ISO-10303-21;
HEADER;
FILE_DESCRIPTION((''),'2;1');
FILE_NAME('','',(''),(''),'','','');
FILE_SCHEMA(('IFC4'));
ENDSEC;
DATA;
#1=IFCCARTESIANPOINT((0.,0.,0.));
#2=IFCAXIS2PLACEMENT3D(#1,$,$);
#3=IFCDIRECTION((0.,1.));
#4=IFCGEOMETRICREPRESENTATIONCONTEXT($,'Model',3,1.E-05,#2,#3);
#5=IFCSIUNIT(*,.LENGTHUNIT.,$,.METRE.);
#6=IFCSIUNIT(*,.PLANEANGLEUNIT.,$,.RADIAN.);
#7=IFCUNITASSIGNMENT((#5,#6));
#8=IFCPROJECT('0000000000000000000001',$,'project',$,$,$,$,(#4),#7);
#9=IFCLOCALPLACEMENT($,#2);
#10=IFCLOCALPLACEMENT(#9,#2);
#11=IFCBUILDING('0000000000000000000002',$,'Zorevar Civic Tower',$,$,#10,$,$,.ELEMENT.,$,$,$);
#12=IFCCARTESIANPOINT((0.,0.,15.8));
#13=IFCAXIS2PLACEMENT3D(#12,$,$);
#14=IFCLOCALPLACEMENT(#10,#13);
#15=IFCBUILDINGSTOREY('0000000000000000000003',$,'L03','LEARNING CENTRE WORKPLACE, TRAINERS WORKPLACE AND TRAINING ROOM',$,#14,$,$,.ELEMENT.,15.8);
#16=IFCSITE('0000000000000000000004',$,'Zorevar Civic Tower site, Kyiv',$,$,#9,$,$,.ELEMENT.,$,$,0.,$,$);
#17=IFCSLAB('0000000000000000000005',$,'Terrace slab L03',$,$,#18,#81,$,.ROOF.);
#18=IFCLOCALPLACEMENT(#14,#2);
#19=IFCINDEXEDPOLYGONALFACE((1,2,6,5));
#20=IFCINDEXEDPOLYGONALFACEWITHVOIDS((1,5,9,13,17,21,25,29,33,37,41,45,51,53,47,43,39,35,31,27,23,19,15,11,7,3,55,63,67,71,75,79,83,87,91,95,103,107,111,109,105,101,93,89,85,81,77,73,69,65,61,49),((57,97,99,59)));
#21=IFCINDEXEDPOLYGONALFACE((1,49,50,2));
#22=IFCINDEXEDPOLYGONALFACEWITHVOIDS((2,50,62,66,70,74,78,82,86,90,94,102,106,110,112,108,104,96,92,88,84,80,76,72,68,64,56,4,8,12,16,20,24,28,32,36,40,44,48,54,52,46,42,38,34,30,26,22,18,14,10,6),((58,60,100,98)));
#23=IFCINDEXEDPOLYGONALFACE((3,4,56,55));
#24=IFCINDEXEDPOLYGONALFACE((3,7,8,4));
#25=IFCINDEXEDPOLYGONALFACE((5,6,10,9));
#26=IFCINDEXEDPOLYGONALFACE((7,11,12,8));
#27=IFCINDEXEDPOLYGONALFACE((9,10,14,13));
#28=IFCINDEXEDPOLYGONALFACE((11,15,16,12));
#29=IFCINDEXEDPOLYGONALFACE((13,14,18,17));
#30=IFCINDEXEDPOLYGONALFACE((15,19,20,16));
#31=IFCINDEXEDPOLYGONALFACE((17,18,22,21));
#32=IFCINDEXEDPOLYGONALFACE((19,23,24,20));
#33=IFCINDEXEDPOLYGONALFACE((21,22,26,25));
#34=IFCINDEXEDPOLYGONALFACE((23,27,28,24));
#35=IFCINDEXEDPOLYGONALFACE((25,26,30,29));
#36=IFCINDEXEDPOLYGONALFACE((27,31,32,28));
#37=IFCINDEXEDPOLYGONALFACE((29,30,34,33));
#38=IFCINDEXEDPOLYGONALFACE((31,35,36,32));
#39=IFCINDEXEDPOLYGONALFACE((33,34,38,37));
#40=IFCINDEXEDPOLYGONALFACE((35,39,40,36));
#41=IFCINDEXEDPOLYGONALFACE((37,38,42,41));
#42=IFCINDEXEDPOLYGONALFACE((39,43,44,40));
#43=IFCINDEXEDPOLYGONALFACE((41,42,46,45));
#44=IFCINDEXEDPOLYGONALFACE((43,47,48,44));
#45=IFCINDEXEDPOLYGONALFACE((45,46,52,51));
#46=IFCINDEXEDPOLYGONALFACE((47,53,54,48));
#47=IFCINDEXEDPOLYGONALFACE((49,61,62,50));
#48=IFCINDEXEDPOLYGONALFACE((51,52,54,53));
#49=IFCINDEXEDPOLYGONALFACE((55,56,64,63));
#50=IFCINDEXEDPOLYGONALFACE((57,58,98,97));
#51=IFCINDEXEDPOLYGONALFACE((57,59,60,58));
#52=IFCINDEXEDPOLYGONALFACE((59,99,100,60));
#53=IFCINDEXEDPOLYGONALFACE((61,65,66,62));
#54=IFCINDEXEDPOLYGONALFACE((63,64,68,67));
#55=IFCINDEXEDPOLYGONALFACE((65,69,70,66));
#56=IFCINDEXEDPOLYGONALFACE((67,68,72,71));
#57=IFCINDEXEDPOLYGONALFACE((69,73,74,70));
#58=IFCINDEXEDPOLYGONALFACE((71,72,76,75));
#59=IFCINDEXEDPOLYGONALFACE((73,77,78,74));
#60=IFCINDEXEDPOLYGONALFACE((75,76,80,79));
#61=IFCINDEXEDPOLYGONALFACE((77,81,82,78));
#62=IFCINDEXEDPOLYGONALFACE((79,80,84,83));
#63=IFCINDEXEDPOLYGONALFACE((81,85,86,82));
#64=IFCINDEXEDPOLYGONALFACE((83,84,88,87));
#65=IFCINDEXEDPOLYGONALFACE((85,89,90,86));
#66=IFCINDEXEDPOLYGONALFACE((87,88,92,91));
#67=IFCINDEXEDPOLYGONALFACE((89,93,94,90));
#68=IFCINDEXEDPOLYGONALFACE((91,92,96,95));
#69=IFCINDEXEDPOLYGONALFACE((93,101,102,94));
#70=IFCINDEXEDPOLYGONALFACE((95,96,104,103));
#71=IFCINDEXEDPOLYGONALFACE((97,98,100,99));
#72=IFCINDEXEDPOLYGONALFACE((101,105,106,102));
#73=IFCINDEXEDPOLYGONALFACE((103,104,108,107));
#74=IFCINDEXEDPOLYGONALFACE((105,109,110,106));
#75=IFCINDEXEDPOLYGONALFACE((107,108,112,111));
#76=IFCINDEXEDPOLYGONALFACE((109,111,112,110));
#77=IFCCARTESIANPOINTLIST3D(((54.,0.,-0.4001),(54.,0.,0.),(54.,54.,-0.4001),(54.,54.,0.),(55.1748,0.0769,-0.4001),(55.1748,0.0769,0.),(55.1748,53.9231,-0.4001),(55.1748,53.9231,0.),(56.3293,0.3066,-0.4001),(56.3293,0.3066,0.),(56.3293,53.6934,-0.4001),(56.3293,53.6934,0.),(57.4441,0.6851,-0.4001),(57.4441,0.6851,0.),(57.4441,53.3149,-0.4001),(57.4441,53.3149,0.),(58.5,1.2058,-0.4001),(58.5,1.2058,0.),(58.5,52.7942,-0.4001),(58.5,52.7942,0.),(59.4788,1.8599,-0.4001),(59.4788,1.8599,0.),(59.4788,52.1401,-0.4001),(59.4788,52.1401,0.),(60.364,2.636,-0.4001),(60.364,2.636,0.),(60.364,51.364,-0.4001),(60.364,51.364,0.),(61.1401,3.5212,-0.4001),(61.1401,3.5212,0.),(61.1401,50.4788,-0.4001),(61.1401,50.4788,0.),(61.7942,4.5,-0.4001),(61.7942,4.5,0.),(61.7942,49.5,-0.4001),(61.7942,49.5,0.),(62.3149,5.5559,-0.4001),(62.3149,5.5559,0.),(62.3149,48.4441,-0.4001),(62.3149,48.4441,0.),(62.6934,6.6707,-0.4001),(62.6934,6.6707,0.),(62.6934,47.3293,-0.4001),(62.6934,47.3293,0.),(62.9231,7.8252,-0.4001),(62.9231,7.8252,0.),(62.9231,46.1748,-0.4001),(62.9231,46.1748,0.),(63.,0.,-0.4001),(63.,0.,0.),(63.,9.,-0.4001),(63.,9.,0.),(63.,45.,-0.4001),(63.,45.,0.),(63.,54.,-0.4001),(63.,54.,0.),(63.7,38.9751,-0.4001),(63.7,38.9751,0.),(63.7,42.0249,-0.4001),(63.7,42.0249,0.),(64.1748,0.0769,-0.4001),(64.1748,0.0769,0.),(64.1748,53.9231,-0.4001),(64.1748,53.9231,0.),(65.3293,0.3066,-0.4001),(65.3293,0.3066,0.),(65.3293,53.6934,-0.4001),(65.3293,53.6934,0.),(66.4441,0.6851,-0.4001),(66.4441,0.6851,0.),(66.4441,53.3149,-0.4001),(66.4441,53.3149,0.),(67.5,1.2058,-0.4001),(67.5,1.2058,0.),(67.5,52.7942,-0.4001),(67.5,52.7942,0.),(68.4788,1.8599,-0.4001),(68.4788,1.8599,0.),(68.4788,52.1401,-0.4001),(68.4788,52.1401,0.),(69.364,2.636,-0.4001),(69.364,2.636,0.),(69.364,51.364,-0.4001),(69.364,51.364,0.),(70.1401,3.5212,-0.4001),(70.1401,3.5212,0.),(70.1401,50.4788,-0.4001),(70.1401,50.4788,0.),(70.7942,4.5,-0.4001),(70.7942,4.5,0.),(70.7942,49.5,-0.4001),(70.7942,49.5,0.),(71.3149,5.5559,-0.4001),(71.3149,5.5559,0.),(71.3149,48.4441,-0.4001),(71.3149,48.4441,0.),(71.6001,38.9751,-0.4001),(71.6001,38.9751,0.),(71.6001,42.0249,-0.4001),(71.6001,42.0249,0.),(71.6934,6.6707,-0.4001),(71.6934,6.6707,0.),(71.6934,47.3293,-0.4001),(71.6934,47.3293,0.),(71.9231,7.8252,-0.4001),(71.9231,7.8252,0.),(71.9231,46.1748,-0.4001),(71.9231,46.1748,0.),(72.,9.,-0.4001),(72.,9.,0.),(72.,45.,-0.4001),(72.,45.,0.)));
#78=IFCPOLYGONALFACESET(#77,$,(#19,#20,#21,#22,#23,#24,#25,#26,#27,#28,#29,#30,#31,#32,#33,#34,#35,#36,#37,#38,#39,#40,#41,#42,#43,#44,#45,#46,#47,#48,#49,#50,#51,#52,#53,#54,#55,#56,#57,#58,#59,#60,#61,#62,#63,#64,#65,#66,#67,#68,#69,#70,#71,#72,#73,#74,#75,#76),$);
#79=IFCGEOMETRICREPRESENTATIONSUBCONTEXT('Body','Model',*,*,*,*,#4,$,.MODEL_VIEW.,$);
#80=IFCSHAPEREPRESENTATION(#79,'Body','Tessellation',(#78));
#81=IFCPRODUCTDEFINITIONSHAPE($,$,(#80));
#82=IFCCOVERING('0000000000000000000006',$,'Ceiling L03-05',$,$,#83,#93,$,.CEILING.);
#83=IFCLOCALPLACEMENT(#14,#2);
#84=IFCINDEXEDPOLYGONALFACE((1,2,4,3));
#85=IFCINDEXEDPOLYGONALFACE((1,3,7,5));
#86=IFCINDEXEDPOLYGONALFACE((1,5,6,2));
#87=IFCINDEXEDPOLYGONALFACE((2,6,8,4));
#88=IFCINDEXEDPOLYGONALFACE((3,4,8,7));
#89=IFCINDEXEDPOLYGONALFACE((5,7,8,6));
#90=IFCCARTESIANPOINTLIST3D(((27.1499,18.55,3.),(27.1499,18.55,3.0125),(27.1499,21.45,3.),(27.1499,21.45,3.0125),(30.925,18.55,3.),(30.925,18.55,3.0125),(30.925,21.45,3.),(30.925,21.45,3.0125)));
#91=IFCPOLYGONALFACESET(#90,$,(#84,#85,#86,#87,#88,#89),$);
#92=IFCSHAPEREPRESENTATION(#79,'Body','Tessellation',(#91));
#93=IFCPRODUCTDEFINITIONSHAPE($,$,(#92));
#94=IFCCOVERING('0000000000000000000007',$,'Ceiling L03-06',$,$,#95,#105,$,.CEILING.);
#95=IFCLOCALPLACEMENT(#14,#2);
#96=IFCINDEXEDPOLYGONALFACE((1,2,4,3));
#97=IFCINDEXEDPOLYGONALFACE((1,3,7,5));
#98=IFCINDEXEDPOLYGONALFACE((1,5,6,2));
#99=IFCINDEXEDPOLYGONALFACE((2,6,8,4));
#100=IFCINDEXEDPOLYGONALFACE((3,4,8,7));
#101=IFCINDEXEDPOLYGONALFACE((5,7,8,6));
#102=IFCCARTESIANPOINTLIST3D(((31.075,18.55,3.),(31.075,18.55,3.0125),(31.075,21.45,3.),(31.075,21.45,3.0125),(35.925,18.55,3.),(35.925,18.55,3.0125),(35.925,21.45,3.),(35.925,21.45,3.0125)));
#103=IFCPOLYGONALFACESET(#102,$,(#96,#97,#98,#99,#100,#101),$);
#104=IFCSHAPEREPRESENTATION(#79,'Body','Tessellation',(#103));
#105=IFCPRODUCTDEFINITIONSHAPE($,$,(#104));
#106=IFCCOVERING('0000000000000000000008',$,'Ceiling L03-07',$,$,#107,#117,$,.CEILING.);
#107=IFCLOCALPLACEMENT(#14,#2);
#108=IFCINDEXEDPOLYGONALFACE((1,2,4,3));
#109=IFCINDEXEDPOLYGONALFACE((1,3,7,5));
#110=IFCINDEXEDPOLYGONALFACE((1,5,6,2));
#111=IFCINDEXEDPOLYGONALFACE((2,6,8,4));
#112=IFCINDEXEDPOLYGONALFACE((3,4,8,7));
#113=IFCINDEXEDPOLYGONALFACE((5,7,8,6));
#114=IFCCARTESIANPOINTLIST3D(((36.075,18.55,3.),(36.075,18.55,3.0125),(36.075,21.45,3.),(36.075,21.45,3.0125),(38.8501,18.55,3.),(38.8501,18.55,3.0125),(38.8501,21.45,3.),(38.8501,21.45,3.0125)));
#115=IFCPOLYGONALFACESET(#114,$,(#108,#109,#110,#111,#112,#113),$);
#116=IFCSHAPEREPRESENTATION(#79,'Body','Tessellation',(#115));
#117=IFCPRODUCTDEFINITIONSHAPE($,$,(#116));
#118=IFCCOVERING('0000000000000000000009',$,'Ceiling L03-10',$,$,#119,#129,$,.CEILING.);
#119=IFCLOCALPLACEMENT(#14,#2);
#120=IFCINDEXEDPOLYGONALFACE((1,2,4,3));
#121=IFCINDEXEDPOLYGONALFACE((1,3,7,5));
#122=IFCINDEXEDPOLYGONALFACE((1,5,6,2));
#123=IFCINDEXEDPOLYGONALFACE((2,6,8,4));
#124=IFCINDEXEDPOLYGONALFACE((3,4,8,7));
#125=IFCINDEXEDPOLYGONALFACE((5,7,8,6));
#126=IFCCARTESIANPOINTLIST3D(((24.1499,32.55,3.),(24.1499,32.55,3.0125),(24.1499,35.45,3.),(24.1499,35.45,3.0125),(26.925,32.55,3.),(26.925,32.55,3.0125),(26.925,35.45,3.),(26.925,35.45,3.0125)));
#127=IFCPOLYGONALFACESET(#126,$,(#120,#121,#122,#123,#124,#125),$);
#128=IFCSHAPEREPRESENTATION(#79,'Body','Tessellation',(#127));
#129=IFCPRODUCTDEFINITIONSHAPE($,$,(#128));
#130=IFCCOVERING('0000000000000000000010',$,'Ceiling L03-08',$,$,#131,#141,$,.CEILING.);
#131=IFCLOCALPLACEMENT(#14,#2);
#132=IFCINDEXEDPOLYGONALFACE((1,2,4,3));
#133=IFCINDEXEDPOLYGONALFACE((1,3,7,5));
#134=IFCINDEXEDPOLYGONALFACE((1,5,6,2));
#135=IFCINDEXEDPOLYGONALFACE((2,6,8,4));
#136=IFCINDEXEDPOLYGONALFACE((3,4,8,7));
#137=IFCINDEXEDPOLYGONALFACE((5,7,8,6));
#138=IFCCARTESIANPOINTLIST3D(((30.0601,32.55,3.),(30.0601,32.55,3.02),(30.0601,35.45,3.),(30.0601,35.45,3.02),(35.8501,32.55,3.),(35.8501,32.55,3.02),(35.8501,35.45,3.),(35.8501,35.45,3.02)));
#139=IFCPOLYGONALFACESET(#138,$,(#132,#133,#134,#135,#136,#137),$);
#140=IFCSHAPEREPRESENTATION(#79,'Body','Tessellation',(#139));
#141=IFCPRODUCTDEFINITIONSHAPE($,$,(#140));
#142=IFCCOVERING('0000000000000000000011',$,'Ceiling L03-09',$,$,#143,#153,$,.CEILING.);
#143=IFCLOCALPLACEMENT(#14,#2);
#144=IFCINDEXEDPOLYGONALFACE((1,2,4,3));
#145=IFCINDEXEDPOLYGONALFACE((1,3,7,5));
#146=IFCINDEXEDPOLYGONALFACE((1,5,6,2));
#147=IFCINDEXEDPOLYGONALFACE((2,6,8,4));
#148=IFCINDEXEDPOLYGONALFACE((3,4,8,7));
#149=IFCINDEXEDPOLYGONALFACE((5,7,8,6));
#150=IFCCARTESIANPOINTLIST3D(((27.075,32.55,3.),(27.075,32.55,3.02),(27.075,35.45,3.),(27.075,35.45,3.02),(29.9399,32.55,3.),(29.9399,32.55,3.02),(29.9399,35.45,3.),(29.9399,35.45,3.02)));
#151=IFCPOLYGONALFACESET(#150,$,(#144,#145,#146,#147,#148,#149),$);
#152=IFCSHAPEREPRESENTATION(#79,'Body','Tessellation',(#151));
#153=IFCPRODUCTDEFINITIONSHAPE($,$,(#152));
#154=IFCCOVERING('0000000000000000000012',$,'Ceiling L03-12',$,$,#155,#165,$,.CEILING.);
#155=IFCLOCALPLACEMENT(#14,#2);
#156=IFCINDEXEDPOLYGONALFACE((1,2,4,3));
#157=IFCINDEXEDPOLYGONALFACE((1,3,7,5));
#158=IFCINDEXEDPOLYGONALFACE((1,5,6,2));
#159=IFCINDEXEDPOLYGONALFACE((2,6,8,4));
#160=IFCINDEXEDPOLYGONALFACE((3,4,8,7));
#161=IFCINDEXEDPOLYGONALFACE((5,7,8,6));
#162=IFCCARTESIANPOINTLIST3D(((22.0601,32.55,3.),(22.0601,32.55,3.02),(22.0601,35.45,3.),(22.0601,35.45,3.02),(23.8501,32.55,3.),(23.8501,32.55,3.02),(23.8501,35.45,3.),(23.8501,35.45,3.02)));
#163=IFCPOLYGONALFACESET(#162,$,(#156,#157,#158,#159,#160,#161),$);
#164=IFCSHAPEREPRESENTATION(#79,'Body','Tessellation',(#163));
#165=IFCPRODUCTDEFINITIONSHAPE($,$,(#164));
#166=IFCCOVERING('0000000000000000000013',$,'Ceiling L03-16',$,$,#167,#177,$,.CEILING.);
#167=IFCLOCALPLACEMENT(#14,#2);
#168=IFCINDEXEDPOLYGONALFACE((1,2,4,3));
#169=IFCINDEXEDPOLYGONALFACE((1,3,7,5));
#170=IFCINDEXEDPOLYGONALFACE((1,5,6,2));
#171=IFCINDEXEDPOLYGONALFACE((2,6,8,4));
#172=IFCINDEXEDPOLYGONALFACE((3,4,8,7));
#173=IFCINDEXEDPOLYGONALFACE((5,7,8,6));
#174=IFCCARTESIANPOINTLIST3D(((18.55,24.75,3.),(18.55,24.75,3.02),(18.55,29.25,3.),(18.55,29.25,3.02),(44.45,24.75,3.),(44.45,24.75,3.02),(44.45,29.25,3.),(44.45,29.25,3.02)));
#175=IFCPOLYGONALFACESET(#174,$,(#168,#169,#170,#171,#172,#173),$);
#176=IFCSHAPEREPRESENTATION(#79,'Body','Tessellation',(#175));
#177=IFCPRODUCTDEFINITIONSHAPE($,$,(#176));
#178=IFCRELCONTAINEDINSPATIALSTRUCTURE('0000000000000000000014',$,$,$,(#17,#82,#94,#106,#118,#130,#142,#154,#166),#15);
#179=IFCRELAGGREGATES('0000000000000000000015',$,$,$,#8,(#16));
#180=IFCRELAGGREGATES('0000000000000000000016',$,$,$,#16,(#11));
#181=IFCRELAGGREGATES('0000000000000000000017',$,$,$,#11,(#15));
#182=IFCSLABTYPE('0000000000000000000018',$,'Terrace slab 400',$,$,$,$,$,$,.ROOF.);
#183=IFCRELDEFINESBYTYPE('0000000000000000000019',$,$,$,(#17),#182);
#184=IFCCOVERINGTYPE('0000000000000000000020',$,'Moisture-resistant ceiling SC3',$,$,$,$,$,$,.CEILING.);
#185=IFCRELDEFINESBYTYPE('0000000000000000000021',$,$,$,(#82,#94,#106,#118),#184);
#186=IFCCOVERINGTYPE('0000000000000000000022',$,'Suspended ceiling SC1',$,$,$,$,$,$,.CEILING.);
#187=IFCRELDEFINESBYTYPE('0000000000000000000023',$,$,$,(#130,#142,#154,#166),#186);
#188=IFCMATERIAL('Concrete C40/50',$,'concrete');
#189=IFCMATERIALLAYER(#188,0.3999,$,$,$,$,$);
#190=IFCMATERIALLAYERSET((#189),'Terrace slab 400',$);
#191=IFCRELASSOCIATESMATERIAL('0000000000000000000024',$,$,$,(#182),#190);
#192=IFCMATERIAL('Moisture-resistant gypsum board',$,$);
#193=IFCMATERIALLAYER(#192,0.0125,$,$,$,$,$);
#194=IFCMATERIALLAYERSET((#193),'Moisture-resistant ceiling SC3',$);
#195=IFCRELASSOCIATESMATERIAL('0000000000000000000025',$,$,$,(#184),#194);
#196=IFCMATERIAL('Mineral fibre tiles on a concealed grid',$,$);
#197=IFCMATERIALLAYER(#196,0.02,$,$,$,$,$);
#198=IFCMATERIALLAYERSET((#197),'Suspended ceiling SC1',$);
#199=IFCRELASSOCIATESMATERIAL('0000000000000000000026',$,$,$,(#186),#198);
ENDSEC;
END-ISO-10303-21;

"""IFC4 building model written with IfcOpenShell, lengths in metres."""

from ifc_helpers import new_model, si_unit, direction, frame, origin, place, context, subcontext, project, spatial, polyline, outline, extrude, material, layer, layer_set, type_object, element, save


model = new_model("IFC4")

# Units and contexts
model_context = context("Model", 3, precision=1e-05, world=origin(), true_north=direction((0.0, 1.0)))
body_context = subcontext(model_context, "Body", "Model", "MODEL_VIEW")
ifc_project = project(units=[si_unit("LENGTHUNIT", "METRE"), si_unit("PLANEANGLEUNIT", "RADIAN")], contexts=[model_context])

# Site, building, storey
site_placement = place(None, origin())
site = spatial("IfcSite", under=ifc_project, at=site_placement, Name="Zorevar Civic Tower site, Kyiv", CompositionType="ELEMENT", RefElevation=0.0)
building_placement = place(site_placement, origin())
building = spatial("IfcBuilding", under=site, at=building_placement, Name="Zorevar Civic Tower", CompositionType="ELEMENT")
storey_placement = place(building_placement, frame((0.0, 0.0, 15.8)))
storey = spatial("IfcBuildingStorey", under=building, at=storey_placement, Name="L03", Description="LEARNING CENTRE WORKPLACE, TRAINERS WORKPLACE AND TRAINING ROOM", CompositionType="ELEMENT", Elevation=15.8)

# Slab
ifc_material_1 = material(Name="Concrete C40/50", Category="concrete")
ifc_layer_1 = layer(ifc_material_1, 0.3999)
ifc_layer_set_1 = layer_set([ifc_layer_1], Name="Terrace slab 400")
slab_type_1 = type_object("IfcSlabType", Name="Terrace slab 400", PredefinedType="ROOF", material=ifc_layer_set_1)
slab_1_placement = place(storey_placement, frame((0.0, 0.0, -0.4001)))
element("IfcSlab", 1, at=slab_1_placement, inside=storey, type_object=slab_type_1, Name="Terrace slab L03", PredefinedType="ROOF", context=body_context, shape_type="SweptSolid", body=[
    extrude(outline(polyline([(63.0, 54.0), (64.1748, 53.9231), (65.3293, 53.6934), (66.4441, 53.3149), (67.5, 52.7942), (68.4788, 52.1401), (69.364, 51.364), (70.1401, 50.4788), (70.7942, 49.5), (71.3149, 48.4441), (71.6934, 47.3293), (71.9231, 46.1748), (72.0, 45.0), (72.0, 9.0), (71.9231, 7.8252), (71.6934, 6.6707), (71.3149, 5.5559), (70.7942, 4.5), (70.1401, 3.5212), (69.364, 2.636), (68.4788, 1.8599), (67.5, 1.2058), (66.4441, 0.6851), (65.3293, 0.3066), (64.1748, 0.0769), (63.0, 0.0), (54.0, 0.0), (55.1748, 0.0769), (56.3293, 0.3066), (57.4441, 0.6851), (58.5, 1.2058), (59.4788, 1.8599), (60.364, 2.636), (61.1401, 3.5212), (61.7942, 4.5), (62.3149, 5.5559), (62.6934, 6.6707), (62.9231, 7.8252), (63.0, 9.0), (63.0, 45.0), (62.9231, 46.1748), (62.6934, 47.3293), (62.3149, 48.4441), (61.7942, 49.5), (61.1401, 50.4788), (60.364, 51.364), (59.4788, 52.1401), (58.5, 52.7942), (57.4441, 53.3149), (56.3293, 53.6934), (55.1748, 53.9231), (54.0, 54.0), (63.0, 54.0)]), holes=[polyline([(63.7, 38.9751), (71.6001, 38.9751), (71.6001, 42.0249), (63.7, 42.0249), (63.7, 38.9751)])]), origin(), (0.0, 0.0, 1.0), 0.4001),
])

# Coverings
ifc_material_2 = material(Name="Moisture-resistant gypsum board")
ifc_layer_2 = layer(ifc_material_2, 0.0125)
ifc_layer_set_2 = layer_set([ifc_layer_2], Name="Moisture-resistant ceiling SC3")
covering_type_1 = type_object("IfcCoveringType", Name="Moisture-resistant ceiling SC3", PredefinedType="CEILING", material=ifc_layer_set_2)
covering_1_placement = place(storey_placement, frame((0.0, 0.0, 3.0)))
element("IfcCovering", 2, at=covering_1_placement, inside=storey, type_object=covering_type_1, Name="Ceiling L03-05", PredefinedType="CEILING", context=body_context, shape_type="SweptSolid", body=[
    extrude(outline(polyline([(30.925, 18.55), (30.925, 21.45), (27.1499, 21.45), (27.1499, 18.55), (30.925, 18.55)])), origin(), (0.0, 0.0, 1.0), 0.0125),
])
covering_2_placement = place(storey_placement, frame((0.0, 0.0, 3.0)))
element("IfcCovering", 3, at=covering_2_placement, inside=storey, type_object=covering_type_1, Name="Ceiling L03-06", PredefinedType="CEILING", context=body_context, shape_type="SweptSolid", body=[
    extrude(outline(polyline([(35.925, 18.55), (35.925, 21.45), (31.075, 21.45), (31.075, 18.55), (35.925, 18.55)])), origin(), (0.0, 0.0, 1.0), 0.0125),
])
covering_3_placement = place(storey_placement, frame((0.0, 0.0, 3.0)))
element("IfcCovering", 4, at=covering_3_placement, inside=storey, type_object=covering_type_1, Name="Ceiling L03-07", PredefinedType="CEILING", context=body_context, shape_type="SweptSolid", body=[
    extrude(outline(polyline([(38.8501, 18.55), (38.8501, 21.45), (36.075, 21.45), (36.075, 18.55), (38.8501, 18.55)])), origin(), (0.0, 0.0, 1.0), 0.0125),
])
covering_4_placement = place(storey_placement, frame((0.0, 0.0, 3.0)))
element("IfcCovering", 5, at=covering_4_placement, inside=storey, type_object=covering_type_1, Name="Ceiling L03-10", PredefinedType="CEILING", context=body_context, shape_type="SweptSolid", body=[
    extrude(outline(polyline([(26.925, 32.55), (26.925, 35.45), (24.1499, 35.45), (24.1499, 32.55), (26.925, 32.55)])), origin(), (0.0, 0.0, 1.0), 0.0125),
])
ifc_material_3 = material(Name="Mineral fibre tiles on a concealed grid")
ifc_layer_3 = layer(ifc_material_3, 0.02)
ifc_layer_set_3 = layer_set([ifc_layer_3], Name="Suspended ceiling SC1")
covering_type_2 = type_object("IfcCoveringType", Name="Suspended ceiling SC1", PredefinedType="CEILING", material=ifc_layer_set_3)
covering_5_placement = place(storey_placement, frame((0.0, 0.0, 3.0)))
element("IfcCovering", 6, at=covering_5_placement, inside=storey, type_object=covering_type_2, Name="Ceiling L03-08", PredefinedType="CEILING", context=body_context, shape_type="SweptSolid", body=[
    extrude(outline(polyline([(35.8501, 32.55), (35.8501, 35.45), (30.0601, 35.45), (30.0601, 32.55), (35.8501, 32.55)])), origin(), (0.0, 0.0, 1.0), 0.02),
])
covering_6_placement = place(storey_placement, frame((0.0, 0.0, 3.0)))
element("IfcCovering", 7, at=covering_6_placement, inside=storey, type_object=covering_type_2, Name="Ceiling L03-09", PredefinedType="CEILING", context=body_context, shape_type="SweptSolid", body=[
    extrude(outline(polyline([(29.9399, 32.55), (29.9399, 35.45), (27.075, 35.45), (27.075, 32.55), (29.9399, 32.55)])), origin(), (0.0, 0.0, 1.0), 0.02),
])
covering_7_placement = place(storey_placement, frame((0.0, 0.0, 3.0)))
element("IfcCovering", 8, at=covering_7_placement, inside=storey, type_object=covering_type_2, Name="Ceiling L03-12", PredefinedType="CEILING", context=body_context, shape_type="SweptSolid", body=[
    extrude(outline(polyline([(23.8501, 32.55), (23.8501, 35.45), (22.0601, 35.45), (22.0601, 32.55), (23.8501, 32.55)])), origin(), (0.0, 0.0, 1.0), 0.02),
])
covering_8_placement = place(storey_placement, frame((0.0, 0.0, 3.0)))
element("IfcCovering", 9, at=covering_8_placement, inside=storey, type_object=covering_type_2, Name="Ceiling L03-16", PredefinedType="CEILING", context=body_context, shape_type="SweptSolid", body=[
    extrude(outline(polyline([(44.45, 24.75), (44.45, 29.25), (18.55, 29.25), (18.55, 24.75), (44.45, 24.75)])), origin(), (0.0, 0.0, 1.0), 0.02),
])

save(model, "model.ifc")
